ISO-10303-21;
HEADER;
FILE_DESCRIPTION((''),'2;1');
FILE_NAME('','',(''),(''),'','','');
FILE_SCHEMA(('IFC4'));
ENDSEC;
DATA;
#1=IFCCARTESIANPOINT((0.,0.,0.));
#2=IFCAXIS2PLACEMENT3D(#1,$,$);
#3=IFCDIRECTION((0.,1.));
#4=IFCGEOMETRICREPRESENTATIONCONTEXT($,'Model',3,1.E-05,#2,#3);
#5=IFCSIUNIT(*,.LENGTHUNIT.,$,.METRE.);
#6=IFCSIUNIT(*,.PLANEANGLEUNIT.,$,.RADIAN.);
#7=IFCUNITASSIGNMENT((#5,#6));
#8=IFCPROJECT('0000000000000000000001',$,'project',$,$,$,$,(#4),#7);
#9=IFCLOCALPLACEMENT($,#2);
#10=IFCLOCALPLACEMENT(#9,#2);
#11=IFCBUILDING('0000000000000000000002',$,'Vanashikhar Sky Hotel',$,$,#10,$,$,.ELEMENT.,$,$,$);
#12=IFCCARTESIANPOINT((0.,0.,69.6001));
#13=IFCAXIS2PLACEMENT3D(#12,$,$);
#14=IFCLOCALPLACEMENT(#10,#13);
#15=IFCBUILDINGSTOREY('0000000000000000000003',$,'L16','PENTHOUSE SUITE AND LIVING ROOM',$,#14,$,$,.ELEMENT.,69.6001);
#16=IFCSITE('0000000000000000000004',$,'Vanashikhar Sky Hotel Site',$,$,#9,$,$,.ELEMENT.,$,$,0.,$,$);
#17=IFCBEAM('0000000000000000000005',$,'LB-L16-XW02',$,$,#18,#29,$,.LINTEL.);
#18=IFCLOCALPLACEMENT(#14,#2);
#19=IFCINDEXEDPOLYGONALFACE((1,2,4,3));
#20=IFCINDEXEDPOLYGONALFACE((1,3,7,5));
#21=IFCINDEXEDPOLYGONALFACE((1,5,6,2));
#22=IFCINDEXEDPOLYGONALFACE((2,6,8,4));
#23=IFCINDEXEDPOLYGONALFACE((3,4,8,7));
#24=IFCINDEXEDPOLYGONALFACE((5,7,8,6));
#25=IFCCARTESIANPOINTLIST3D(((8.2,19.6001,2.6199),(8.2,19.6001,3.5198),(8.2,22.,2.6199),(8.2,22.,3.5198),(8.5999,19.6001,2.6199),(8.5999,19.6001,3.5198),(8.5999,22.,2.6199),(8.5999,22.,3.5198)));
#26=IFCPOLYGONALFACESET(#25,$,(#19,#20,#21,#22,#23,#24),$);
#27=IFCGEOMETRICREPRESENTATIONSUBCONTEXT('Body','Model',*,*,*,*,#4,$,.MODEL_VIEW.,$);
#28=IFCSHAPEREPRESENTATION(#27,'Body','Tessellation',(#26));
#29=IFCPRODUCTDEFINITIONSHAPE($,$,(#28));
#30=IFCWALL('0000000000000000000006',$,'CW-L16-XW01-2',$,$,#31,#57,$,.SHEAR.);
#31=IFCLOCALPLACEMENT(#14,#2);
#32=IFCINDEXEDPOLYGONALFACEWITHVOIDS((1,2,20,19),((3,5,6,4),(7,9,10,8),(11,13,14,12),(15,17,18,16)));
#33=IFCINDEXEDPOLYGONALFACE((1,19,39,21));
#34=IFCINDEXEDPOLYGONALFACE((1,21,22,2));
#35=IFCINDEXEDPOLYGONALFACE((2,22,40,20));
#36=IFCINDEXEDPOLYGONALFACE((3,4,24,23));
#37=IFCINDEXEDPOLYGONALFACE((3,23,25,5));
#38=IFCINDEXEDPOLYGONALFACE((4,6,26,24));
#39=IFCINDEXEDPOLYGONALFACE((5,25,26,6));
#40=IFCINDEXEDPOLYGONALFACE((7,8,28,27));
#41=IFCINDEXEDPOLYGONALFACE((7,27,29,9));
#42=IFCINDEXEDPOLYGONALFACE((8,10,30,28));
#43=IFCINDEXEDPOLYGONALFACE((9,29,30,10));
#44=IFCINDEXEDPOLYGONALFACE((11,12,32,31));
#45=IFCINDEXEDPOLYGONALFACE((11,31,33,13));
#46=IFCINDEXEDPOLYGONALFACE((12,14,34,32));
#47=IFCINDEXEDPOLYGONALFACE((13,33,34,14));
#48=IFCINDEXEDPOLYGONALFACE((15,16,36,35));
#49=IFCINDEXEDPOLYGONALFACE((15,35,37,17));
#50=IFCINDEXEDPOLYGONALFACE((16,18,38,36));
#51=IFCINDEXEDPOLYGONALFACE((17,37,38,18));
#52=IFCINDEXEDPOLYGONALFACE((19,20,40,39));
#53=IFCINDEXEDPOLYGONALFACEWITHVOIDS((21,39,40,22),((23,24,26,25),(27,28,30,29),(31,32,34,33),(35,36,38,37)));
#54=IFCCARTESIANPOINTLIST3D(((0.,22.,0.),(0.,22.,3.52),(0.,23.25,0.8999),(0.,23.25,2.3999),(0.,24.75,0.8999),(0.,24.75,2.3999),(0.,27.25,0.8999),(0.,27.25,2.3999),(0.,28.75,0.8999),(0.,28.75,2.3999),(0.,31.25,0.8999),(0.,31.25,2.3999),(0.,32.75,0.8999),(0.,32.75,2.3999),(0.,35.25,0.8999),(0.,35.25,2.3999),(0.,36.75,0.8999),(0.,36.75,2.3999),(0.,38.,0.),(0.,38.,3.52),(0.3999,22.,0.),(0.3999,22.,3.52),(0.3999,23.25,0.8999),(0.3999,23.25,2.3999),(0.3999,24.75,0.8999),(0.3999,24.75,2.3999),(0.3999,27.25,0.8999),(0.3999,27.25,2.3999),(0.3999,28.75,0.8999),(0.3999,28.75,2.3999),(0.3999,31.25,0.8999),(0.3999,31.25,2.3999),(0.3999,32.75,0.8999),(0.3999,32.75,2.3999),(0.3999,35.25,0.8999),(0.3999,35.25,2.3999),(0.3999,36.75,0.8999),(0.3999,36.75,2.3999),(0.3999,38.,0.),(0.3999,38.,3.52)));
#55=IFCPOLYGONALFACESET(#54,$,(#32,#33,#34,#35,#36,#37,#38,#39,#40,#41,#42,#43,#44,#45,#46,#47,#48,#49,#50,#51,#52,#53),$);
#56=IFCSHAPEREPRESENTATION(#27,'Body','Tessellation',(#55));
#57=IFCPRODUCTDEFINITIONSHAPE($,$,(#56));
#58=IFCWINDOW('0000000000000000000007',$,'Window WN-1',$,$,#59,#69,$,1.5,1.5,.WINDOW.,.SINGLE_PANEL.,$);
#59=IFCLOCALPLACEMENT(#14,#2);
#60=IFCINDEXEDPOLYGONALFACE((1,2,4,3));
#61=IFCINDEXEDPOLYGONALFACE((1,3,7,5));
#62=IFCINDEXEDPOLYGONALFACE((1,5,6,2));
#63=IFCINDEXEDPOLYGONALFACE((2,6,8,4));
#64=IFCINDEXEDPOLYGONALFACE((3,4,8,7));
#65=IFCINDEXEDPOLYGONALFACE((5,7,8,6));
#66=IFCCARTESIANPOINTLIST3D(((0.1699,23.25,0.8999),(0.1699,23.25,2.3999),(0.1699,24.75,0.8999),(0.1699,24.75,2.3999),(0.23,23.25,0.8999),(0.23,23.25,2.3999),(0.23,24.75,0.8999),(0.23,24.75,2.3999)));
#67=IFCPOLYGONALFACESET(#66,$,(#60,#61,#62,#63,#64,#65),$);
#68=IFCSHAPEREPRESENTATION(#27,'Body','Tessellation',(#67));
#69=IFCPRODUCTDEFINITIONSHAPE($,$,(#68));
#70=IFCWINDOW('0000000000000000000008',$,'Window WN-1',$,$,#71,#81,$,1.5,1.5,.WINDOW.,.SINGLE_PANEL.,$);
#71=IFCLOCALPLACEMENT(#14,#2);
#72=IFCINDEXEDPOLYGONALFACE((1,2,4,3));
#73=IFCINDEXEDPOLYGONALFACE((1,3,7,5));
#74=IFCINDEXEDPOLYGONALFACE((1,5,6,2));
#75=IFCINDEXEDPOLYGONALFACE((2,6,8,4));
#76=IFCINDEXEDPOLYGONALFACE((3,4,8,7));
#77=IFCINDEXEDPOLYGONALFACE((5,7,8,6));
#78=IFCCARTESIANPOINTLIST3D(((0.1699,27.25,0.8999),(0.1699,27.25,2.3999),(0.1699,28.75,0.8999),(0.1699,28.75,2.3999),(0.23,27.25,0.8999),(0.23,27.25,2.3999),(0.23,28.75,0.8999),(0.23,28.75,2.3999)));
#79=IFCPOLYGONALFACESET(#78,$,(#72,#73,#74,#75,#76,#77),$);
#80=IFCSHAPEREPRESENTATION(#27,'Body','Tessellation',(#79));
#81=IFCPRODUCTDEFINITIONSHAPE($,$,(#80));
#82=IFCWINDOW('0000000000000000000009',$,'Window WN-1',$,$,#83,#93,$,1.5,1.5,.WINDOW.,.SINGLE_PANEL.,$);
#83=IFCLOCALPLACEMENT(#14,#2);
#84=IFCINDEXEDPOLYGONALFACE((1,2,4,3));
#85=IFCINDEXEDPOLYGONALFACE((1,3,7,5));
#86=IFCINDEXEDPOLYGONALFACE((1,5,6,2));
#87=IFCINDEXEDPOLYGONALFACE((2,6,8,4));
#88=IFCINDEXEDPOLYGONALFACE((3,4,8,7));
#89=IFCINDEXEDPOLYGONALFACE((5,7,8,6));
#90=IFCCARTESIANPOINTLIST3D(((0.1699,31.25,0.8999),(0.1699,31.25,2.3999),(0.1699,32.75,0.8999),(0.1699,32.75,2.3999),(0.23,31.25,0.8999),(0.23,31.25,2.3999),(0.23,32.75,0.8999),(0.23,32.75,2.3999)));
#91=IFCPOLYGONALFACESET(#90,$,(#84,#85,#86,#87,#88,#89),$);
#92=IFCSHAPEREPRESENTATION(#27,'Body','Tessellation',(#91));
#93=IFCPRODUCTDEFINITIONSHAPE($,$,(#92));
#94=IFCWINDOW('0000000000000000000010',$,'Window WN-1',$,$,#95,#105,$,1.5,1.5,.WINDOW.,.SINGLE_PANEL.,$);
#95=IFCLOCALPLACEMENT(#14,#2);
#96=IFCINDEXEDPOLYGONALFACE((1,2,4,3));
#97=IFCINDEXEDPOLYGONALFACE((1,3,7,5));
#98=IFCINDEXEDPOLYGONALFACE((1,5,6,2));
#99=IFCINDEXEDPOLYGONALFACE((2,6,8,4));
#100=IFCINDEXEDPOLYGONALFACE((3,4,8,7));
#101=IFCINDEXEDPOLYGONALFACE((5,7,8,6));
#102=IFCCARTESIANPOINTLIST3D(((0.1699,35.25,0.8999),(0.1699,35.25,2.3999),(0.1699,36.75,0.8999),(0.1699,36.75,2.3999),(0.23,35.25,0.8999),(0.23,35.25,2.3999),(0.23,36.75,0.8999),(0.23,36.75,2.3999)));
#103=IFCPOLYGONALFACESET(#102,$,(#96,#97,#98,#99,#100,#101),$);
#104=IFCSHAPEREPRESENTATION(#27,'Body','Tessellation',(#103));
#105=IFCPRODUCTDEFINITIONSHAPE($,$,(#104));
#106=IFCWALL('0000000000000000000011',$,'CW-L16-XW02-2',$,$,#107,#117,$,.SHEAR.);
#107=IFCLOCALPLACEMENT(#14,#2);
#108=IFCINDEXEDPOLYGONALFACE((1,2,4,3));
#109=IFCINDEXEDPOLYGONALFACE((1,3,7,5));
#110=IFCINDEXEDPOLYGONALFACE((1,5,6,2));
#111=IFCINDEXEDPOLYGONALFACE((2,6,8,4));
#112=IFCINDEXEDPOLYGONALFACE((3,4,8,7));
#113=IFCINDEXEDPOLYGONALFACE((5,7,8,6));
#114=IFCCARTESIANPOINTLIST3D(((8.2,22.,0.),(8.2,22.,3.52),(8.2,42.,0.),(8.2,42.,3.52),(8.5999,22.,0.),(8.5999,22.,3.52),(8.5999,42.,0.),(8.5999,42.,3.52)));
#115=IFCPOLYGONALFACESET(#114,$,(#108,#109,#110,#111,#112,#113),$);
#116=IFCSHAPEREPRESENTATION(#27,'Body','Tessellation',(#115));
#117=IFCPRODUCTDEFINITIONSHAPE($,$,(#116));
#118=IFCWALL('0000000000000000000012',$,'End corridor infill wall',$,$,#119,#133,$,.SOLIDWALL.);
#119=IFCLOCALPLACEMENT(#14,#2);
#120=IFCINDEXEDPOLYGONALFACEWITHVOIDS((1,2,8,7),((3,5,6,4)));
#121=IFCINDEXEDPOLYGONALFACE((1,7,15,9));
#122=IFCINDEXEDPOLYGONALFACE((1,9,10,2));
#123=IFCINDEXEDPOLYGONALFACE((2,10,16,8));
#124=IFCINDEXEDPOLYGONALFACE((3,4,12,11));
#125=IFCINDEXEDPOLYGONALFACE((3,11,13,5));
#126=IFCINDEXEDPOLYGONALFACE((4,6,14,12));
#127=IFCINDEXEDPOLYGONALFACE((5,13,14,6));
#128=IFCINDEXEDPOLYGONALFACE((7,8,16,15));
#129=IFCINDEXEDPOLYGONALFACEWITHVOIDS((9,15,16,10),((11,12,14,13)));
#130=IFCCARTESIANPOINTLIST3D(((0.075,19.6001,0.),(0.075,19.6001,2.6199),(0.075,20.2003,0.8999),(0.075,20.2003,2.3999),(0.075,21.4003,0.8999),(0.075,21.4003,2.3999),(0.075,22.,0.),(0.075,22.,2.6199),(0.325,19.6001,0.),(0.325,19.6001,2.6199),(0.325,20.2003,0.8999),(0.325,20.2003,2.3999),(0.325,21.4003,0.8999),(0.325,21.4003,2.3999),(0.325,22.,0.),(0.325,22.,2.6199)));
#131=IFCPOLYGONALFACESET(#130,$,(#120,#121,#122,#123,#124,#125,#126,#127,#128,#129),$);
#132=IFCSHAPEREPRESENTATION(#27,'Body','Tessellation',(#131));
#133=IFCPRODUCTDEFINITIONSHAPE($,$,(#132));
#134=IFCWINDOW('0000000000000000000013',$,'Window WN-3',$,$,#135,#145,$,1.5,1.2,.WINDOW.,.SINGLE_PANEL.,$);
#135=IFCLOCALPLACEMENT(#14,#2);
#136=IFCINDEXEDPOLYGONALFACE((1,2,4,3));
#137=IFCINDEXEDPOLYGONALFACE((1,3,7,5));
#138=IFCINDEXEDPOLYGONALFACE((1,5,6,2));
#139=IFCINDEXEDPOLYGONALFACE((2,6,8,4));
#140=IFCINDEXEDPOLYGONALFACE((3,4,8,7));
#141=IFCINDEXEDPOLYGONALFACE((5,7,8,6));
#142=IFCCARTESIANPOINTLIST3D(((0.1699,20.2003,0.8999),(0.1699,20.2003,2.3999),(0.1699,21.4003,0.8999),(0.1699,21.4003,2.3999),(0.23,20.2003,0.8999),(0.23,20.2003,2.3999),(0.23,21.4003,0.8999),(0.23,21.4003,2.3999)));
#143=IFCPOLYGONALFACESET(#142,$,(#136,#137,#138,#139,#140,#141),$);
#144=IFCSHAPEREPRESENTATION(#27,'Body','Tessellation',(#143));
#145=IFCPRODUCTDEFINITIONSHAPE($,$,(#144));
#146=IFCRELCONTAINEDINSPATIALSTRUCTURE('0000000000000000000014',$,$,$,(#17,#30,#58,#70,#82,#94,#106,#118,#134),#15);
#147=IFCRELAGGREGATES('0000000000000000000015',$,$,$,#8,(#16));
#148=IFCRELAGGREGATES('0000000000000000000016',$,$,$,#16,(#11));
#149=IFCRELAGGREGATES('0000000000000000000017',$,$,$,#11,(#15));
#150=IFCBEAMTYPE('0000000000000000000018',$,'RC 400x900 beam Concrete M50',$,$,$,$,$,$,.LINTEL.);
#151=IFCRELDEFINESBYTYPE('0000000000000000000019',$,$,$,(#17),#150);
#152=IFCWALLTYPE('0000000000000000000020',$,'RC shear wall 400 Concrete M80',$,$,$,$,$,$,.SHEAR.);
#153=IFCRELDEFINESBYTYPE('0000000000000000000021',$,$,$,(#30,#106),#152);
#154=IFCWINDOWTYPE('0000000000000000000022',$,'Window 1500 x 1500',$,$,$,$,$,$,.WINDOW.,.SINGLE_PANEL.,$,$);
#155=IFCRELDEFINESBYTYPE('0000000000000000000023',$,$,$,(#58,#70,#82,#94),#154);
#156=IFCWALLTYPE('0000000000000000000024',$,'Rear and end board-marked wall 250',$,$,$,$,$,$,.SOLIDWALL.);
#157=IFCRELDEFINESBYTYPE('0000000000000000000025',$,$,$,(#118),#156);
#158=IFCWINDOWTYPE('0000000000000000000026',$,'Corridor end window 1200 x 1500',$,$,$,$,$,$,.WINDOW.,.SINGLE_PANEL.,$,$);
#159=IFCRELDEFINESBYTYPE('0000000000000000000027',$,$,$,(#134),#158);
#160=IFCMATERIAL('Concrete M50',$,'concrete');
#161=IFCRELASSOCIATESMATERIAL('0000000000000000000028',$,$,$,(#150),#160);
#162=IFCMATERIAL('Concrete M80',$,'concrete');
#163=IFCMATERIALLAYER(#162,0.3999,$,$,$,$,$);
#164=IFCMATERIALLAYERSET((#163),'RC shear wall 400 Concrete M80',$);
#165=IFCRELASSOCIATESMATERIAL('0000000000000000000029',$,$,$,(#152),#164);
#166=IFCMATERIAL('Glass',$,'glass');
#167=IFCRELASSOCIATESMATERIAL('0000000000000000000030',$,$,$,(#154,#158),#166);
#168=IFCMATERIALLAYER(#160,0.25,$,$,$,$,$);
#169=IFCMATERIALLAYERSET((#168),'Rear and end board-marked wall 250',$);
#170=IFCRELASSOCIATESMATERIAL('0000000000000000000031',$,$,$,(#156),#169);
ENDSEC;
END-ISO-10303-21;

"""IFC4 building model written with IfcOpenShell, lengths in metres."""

from ifc_helpers import new_model, si_unit, direction, frame, frame_2d, origin, origin_2d, place, context, subcontext, project, spatial, rectangle, extrude, source, transform, mapped, material, layer, layer_set, material_profile, profile_set, type_object, element, fill, save


model = new_model("IFC4")

# Units and contexts
model_context = context("Model", 3, precision=1e-05, world=origin(), true_north=direction((0.0, 1.0)))
body_context = subcontext(model_context, "Body", "Model", "MODEL_VIEW")
ifc_project = project(units=[si_unit("LENGTHUNIT", "METRE"), si_unit("PLANEANGLEUNIT", "RADIAN")], contexts=[model_context])

# Site, building, storey
site_placement = place(None, origin())
site = spatial("IfcSite", under=ifc_project, at=site_placement, Name="Vanashikhar Sky Hotel Site", CompositionType="ELEMENT", RefElevation=0.0)
building_placement = place(site_placement, origin())
building = spatial("IfcBuilding", under=site, at=building_placement, Name="Vanashikhar Sky Hotel", CompositionType="ELEMENT")
storey_placement = place(building_placement, frame((0.0, 0.0, 69.6001)))
storey = spatial("IfcBuildingStorey", under=building, at=storey_placement, Name="L16", Description="PENTHOUSE SUITE AND LIVING ROOM", CompositionType="ELEMENT", Elevation=69.6001)

# Beam
ifc_material_1 = material(Name="Concrete M50", Category="concrete")
ifc_material_profile = material_profile(ifc_material_1, rectangle(XDim=0.3999, YDim=0.8999, at=origin_2d()))
ifc_profile_set = profile_set([ifc_material_profile], Name="RC 400x900 beam Concrete M50")
beam_type = type_object("IfcBeamType", Name="RC 400x900 beam Concrete M50", PredefinedType="LINTEL", material=ifc_profile_set)
shared_shape_1 = source(origin(), body_context, "Body", "SweptSolid", [
    extrude(rectangle(XDim=0.3999, YDim=0.8999, at=origin_2d()), origin(), (0.0, 0.0, 1.0), 2.3999),
])
beam_placement = place(storey_placement, frame((8.3999, 19.6001, 3.0698), z_axis=(0.0, 1.0, 0.0), x_axis=(-1.0, 0.0, 0.0)))
element("IfcBeam", 1, at=beam_placement, inside=storey, type_object=beam_type, Name="LB-L16-XW02", PredefinedType="LINTEL", context=body_context, shape_type="MappedRepresentation", body=[
    mapped(shared_shape_1, transform((0.0, 0.0, 0.0), scale=1.0)),
])

# Wall, openings, windows
ifc_material_2 = material(Name="Concrete M80", Category="concrete")
ifc_layer_1 = layer(ifc_material_2, 0.3999)
ifc_layer_set_1 = layer_set([ifc_layer_1], Name="RC shear wall 400 Concrete M80")
wall_type_1 = type_object("IfcWallType", Name="RC shear wall 400 Concrete M80", PredefinedType="SHEAR", material=ifc_layer_set_1)
shared_shape_2 = source(origin(), body_context, "Body", "SweptSolid", [
    extrude(rectangle(XDim=16.0, YDim=0.3999, at=frame_2d((8.0, 0.0))), origin(), (0.0, 0.0, 1.0), 3.52),
])
wall_1_placement = place(storey_placement, frame((0.2, 22.0, 0.0), z_axis=(0.0, 0.0, 1.0), x_axis=(0.0, 1.0, 0.0)))
wall_1 = element("IfcWall", 2, at=wall_1_placement, inside=storey, type_object=wall_type_1, Name="CW-L16-XW01-2", PredefinedType="SHEAR", context=body_context, shape_type="MappedRepresentation", body=[
    mapped(shared_shape_2, transform((0.0, 0.0, 0.0), scale=1.0)),
])
shared_shape_3 = source(origin(), body_context, "Body", "SweptSolid", [
    extrude(rectangle(XDim=1.5, YDim=1.5, at=frame_2d((0.75, 0.75))), frame((0.0, 0.21, 0.0), z_axis=(0.0, -1.0, 0.0), x_axis=(1.0, 0.0, 0.0)), (0.0, 0.0, 1.0), 0.4199),
])
opening_1_placement = place(wall_1_placement, frame((1.25, 0.0, 0.8999)))
opening_1 = element("IfcOpeningElement", 3, at=opening_1_placement, cuts=wall_1, PredefinedType="OPENING", context=body_context, shape_type="MappedRepresentation", body=[
    mapped(shared_shape_3, transform((0.0, 0.0, 0.0), scale=1.0)),
])
opening_2_placement = place(wall_1_placement, frame((5.25, 0.0, 0.8999)))
opening_2 = element("IfcOpeningElement", 4, at=opening_2_placement, cuts=wall_1, PredefinedType="OPENING", context=body_context, shape_type="MappedRepresentation", body=[
    mapped(shared_shape_3, transform((0.0, 0.0, 0.0), scale=1.0)),
])
opening_3_placement = place(wall_1_placement, frame((9.25, 0.0, 0.8999)))
opening_3 = element("IfcOpeningElement", 5, at=opening_3_placement, cuts=wall_1, PredefinedType="OPENING", context=body_context, shape_type="MappedRepresentation", body=[
    mapped(shared_shape_3, transform((0.0, 0.0, 0.0), scale=1.0)),
])
opening_4_placement = place(wall_1_placement, frame((13.25, 0.0, 0.8999)))
opening_4 = element("IfcOpeningElement", 6, at=opening_4_placement, cuts=wall_1, PredefinedType="OPENING", context=body_context, shape_type="MappedRepresentation", body=[
    mapped(shared_shape_3, transform((0.0, 0.0, 0.0), scale=1.0)),
])
ifc_material_3 = material(Name="Glass", Category="glass")
window_type_1 = type_object("IfcWindowType", Name="Window 1500 x 1500", PartitioningType="SINGLE_PANEL", PredefinedType="WINDOW", material=ifc_material_3)
shared_shape_4 = source(origin(), body_context, "Body", "SweptSolid", [
    extrude(rectangle(XDim=1.5, YDim=1.5, at=frame_2d((0.75, 0.75))), frame((0.0, 0.03, 0.0), z_axis=(0.0, -1.0, 0.0), x_axis=(1.0, 0.0, 0.0)), (0.0, 0.0, 1.0), 0.0601),
])
window_1_placement = place(opening_1_placement, origin())
window_1 = element("IfcWindow", 7, at=window_1_placement, inside=storey, type_object=window_type_1, Name="Window WN-1", OverallHeight=1.5, OverallWidth=1.5, PartitioningType="SINGLE_PANEL", PredefinedType="WINDOW", context=body_context, shape_type="MappedRepresentation", body=[
    mapped(shared_shape_4, transform((0.0, 0.0, 0.0), scale=1.0)),
])
fill(opening_1, window_1)
window_2_placement = place(opening_2_placement, origin())
window_2 = element("IfcWindow", 8, at=window_2_placement, inside=storey, type_object=window_type_1, Name="Window WN-1", OverallHeight=1.5, OverallWidth=1.5, PartitioningType="SINGLE_PANEL", PredefinedType="WINDOW", context=body_context, shape_type="MappedRepresentation", body=[
    mapped(shared_shape_4, transform((0.0, 0.0, 0.0), scale=1.0)),
])
fill(opening_2, window_2)
window_3_placement = place(opening_3_placement, origin())
window_3 = element("IfcWindow", 9, at=window_3_placement, inside=storey, type_object=window_type_1, Name="Window WN-1", OverallHeight=1.5, OverallWidth=1.5, PartitioningType="SINGLE_PANEL", PredefinedType="WINDOW", context=body_context, shape_type="MappedRepresentation", body=[
    mapped(shared_shape_4, transform((0.0, 0.0, 0.0), scale=1.0)),
])
fill(opening_3, window_3)
window_4_placement = place(opening_4_placement, origin())
window_4 = element("IfcWindow", 10, at=window_4_placement, inside=storey, type_object=window_type_1, Name="Window WN-1", OverallHeight=1.5, OverallWidth=1.5, PartitioningType="SINGLE_PANEL", PredefinedType="WINDOW", context=body_context, shape_type="MappedRepresentation", body=[
    mapped(shared_shape_4, transform((0.0, 0.0, 0.0), scale=1.0)),
])
fill(opening_4, window_4)

# Wall
shared_shape_5 = source(origin(), body_context, "Body", "SweptSolid", [
    extrude(rectangle(XDim=20.0, YDim=0.3999, at=frame_2d((10.0, 0.0))), origin(), (0.0, 0.0, 1.0), 3.52),
])
wall_2_placement = place(storey_placement, frame((8.3999, 22.0, 0.0), z_axis=(0.0, 0.0, 1.0), x_axis=(0.0, 1.0, 0.0)))
element("IfcWall", 11, at=wall_2_placement, inside=storey, type_object=wall_type_1, Name="CW-L16-XW02-2", PredefinedType="SHEAR", context=body_context, shape_type="MappedRepresentation", body=[
    mapped(shared_shape_5, transform((0.0, 0.0, 0.0), scale=1.0)),
])

# Wall, opening, window
ifc_layer_2 = layer(ifc_material_1, 0.25)
ifc_layer_set_2 = layer_set([ifc_layer_2], Name="Rear and end board-marked wall 250")
wall_type_2 = type_object("IfcWallType", Name="Rear and end board-marked wall 250", PredefinedType="SOLIDWALL", material=ifc_layer_set_2)
shared_shape_6 = source(origin(), body_context, "Body", "SweptSolid", [
    extrude(rectangle(XDim=2.3999, YDim=0.25, at=frame_2d((1.2, 0.0))), origin(), (0.0, 0.0, 1.0), 2.6199),
])
wall_3_placement = place(storey_placement, frame((0.2, 19.6001, 0.0), z_axis=(0.0, 0.0, 1.0), x_axis=(0.0, 1.0, 0.0)))
wall_3 = element("IfcWall", 12, at=wall_3_placement, inside=storey, type_object=wall_type_2, Name="End corridor infill wall", PredefinedType="SOLIDWALL", context=body_context, shape_type="MappedRepresentation", body=[
    mapped(shared_shape_6, transform((0.0, 0.0, 0.0), scale=1.0)),
])
shared_shape_7 = source(origin(), body_context, "Body", "SweptSolid", [
    extrude(rectangle(XDim=1.2, YDim=1.5, at=frame_2d((0.6001, 0.75))), frame((0.0, 0.135, 0.0), z_axis=(0.0, -1.0, 0.0), x_axis=(1.0, 0.0, 0.0)), (0.0, 0.0, 1.0), 0.27),
])
opening_5_placement = place(wall_3_placement, frame((0.6001, 0.0, 0.8999)))
opening_5 = element("IfcOpeningElement", 13, at=opening_5_placement, cuts=wall_3, PredefinedType="OPENING", context=body_context, shape_type="MappedRepresentation", body=[
    mapped(shared_shape_7, transform((0.0, 0.0, 0.0), scale=1.0)),
])
window_type_2 = type_object("IfcWindowType", Name="Corridor end window 1200 x 1500", PartitioningType="SINGLE_PANEL", PredefinedType="WINDOW", material=ifc_material_3)
shared_shape_8 = source(origin(), body_context, "Body", "SweptSolid", [
    extrude(rectangle(XDim=1.2, YDim=1.5, at=frame_2d((0.6001, 0.75))), frame((0.0, 0.03, 0.0), z_axis=(0.0, -1.0, 0.0), x_axis=(1.0, 0.0, 0.0)), (0.0, 0.0, 1.0), 0.0601),
])
window_5_placement = place(opening_5_placement, origin())
window_5 = element("IfcWindow", 14, at=window_5_placement, inside=storey, type_object=window_type_2, Name="Window WN-3", OverallHeight=1.5, OverallWidth=1.2, PartitioningType="SINGLE_PANEL", PredefinedType="WINDOW", context=body_context, shape_type="MappedRepresentation", body=[
    mapped(shared_shape_8, transform((0.0, 0.0, 0.0), scale=1.0)),
])
fill(opening_5, window_5)

save(model, "model.ifc")
